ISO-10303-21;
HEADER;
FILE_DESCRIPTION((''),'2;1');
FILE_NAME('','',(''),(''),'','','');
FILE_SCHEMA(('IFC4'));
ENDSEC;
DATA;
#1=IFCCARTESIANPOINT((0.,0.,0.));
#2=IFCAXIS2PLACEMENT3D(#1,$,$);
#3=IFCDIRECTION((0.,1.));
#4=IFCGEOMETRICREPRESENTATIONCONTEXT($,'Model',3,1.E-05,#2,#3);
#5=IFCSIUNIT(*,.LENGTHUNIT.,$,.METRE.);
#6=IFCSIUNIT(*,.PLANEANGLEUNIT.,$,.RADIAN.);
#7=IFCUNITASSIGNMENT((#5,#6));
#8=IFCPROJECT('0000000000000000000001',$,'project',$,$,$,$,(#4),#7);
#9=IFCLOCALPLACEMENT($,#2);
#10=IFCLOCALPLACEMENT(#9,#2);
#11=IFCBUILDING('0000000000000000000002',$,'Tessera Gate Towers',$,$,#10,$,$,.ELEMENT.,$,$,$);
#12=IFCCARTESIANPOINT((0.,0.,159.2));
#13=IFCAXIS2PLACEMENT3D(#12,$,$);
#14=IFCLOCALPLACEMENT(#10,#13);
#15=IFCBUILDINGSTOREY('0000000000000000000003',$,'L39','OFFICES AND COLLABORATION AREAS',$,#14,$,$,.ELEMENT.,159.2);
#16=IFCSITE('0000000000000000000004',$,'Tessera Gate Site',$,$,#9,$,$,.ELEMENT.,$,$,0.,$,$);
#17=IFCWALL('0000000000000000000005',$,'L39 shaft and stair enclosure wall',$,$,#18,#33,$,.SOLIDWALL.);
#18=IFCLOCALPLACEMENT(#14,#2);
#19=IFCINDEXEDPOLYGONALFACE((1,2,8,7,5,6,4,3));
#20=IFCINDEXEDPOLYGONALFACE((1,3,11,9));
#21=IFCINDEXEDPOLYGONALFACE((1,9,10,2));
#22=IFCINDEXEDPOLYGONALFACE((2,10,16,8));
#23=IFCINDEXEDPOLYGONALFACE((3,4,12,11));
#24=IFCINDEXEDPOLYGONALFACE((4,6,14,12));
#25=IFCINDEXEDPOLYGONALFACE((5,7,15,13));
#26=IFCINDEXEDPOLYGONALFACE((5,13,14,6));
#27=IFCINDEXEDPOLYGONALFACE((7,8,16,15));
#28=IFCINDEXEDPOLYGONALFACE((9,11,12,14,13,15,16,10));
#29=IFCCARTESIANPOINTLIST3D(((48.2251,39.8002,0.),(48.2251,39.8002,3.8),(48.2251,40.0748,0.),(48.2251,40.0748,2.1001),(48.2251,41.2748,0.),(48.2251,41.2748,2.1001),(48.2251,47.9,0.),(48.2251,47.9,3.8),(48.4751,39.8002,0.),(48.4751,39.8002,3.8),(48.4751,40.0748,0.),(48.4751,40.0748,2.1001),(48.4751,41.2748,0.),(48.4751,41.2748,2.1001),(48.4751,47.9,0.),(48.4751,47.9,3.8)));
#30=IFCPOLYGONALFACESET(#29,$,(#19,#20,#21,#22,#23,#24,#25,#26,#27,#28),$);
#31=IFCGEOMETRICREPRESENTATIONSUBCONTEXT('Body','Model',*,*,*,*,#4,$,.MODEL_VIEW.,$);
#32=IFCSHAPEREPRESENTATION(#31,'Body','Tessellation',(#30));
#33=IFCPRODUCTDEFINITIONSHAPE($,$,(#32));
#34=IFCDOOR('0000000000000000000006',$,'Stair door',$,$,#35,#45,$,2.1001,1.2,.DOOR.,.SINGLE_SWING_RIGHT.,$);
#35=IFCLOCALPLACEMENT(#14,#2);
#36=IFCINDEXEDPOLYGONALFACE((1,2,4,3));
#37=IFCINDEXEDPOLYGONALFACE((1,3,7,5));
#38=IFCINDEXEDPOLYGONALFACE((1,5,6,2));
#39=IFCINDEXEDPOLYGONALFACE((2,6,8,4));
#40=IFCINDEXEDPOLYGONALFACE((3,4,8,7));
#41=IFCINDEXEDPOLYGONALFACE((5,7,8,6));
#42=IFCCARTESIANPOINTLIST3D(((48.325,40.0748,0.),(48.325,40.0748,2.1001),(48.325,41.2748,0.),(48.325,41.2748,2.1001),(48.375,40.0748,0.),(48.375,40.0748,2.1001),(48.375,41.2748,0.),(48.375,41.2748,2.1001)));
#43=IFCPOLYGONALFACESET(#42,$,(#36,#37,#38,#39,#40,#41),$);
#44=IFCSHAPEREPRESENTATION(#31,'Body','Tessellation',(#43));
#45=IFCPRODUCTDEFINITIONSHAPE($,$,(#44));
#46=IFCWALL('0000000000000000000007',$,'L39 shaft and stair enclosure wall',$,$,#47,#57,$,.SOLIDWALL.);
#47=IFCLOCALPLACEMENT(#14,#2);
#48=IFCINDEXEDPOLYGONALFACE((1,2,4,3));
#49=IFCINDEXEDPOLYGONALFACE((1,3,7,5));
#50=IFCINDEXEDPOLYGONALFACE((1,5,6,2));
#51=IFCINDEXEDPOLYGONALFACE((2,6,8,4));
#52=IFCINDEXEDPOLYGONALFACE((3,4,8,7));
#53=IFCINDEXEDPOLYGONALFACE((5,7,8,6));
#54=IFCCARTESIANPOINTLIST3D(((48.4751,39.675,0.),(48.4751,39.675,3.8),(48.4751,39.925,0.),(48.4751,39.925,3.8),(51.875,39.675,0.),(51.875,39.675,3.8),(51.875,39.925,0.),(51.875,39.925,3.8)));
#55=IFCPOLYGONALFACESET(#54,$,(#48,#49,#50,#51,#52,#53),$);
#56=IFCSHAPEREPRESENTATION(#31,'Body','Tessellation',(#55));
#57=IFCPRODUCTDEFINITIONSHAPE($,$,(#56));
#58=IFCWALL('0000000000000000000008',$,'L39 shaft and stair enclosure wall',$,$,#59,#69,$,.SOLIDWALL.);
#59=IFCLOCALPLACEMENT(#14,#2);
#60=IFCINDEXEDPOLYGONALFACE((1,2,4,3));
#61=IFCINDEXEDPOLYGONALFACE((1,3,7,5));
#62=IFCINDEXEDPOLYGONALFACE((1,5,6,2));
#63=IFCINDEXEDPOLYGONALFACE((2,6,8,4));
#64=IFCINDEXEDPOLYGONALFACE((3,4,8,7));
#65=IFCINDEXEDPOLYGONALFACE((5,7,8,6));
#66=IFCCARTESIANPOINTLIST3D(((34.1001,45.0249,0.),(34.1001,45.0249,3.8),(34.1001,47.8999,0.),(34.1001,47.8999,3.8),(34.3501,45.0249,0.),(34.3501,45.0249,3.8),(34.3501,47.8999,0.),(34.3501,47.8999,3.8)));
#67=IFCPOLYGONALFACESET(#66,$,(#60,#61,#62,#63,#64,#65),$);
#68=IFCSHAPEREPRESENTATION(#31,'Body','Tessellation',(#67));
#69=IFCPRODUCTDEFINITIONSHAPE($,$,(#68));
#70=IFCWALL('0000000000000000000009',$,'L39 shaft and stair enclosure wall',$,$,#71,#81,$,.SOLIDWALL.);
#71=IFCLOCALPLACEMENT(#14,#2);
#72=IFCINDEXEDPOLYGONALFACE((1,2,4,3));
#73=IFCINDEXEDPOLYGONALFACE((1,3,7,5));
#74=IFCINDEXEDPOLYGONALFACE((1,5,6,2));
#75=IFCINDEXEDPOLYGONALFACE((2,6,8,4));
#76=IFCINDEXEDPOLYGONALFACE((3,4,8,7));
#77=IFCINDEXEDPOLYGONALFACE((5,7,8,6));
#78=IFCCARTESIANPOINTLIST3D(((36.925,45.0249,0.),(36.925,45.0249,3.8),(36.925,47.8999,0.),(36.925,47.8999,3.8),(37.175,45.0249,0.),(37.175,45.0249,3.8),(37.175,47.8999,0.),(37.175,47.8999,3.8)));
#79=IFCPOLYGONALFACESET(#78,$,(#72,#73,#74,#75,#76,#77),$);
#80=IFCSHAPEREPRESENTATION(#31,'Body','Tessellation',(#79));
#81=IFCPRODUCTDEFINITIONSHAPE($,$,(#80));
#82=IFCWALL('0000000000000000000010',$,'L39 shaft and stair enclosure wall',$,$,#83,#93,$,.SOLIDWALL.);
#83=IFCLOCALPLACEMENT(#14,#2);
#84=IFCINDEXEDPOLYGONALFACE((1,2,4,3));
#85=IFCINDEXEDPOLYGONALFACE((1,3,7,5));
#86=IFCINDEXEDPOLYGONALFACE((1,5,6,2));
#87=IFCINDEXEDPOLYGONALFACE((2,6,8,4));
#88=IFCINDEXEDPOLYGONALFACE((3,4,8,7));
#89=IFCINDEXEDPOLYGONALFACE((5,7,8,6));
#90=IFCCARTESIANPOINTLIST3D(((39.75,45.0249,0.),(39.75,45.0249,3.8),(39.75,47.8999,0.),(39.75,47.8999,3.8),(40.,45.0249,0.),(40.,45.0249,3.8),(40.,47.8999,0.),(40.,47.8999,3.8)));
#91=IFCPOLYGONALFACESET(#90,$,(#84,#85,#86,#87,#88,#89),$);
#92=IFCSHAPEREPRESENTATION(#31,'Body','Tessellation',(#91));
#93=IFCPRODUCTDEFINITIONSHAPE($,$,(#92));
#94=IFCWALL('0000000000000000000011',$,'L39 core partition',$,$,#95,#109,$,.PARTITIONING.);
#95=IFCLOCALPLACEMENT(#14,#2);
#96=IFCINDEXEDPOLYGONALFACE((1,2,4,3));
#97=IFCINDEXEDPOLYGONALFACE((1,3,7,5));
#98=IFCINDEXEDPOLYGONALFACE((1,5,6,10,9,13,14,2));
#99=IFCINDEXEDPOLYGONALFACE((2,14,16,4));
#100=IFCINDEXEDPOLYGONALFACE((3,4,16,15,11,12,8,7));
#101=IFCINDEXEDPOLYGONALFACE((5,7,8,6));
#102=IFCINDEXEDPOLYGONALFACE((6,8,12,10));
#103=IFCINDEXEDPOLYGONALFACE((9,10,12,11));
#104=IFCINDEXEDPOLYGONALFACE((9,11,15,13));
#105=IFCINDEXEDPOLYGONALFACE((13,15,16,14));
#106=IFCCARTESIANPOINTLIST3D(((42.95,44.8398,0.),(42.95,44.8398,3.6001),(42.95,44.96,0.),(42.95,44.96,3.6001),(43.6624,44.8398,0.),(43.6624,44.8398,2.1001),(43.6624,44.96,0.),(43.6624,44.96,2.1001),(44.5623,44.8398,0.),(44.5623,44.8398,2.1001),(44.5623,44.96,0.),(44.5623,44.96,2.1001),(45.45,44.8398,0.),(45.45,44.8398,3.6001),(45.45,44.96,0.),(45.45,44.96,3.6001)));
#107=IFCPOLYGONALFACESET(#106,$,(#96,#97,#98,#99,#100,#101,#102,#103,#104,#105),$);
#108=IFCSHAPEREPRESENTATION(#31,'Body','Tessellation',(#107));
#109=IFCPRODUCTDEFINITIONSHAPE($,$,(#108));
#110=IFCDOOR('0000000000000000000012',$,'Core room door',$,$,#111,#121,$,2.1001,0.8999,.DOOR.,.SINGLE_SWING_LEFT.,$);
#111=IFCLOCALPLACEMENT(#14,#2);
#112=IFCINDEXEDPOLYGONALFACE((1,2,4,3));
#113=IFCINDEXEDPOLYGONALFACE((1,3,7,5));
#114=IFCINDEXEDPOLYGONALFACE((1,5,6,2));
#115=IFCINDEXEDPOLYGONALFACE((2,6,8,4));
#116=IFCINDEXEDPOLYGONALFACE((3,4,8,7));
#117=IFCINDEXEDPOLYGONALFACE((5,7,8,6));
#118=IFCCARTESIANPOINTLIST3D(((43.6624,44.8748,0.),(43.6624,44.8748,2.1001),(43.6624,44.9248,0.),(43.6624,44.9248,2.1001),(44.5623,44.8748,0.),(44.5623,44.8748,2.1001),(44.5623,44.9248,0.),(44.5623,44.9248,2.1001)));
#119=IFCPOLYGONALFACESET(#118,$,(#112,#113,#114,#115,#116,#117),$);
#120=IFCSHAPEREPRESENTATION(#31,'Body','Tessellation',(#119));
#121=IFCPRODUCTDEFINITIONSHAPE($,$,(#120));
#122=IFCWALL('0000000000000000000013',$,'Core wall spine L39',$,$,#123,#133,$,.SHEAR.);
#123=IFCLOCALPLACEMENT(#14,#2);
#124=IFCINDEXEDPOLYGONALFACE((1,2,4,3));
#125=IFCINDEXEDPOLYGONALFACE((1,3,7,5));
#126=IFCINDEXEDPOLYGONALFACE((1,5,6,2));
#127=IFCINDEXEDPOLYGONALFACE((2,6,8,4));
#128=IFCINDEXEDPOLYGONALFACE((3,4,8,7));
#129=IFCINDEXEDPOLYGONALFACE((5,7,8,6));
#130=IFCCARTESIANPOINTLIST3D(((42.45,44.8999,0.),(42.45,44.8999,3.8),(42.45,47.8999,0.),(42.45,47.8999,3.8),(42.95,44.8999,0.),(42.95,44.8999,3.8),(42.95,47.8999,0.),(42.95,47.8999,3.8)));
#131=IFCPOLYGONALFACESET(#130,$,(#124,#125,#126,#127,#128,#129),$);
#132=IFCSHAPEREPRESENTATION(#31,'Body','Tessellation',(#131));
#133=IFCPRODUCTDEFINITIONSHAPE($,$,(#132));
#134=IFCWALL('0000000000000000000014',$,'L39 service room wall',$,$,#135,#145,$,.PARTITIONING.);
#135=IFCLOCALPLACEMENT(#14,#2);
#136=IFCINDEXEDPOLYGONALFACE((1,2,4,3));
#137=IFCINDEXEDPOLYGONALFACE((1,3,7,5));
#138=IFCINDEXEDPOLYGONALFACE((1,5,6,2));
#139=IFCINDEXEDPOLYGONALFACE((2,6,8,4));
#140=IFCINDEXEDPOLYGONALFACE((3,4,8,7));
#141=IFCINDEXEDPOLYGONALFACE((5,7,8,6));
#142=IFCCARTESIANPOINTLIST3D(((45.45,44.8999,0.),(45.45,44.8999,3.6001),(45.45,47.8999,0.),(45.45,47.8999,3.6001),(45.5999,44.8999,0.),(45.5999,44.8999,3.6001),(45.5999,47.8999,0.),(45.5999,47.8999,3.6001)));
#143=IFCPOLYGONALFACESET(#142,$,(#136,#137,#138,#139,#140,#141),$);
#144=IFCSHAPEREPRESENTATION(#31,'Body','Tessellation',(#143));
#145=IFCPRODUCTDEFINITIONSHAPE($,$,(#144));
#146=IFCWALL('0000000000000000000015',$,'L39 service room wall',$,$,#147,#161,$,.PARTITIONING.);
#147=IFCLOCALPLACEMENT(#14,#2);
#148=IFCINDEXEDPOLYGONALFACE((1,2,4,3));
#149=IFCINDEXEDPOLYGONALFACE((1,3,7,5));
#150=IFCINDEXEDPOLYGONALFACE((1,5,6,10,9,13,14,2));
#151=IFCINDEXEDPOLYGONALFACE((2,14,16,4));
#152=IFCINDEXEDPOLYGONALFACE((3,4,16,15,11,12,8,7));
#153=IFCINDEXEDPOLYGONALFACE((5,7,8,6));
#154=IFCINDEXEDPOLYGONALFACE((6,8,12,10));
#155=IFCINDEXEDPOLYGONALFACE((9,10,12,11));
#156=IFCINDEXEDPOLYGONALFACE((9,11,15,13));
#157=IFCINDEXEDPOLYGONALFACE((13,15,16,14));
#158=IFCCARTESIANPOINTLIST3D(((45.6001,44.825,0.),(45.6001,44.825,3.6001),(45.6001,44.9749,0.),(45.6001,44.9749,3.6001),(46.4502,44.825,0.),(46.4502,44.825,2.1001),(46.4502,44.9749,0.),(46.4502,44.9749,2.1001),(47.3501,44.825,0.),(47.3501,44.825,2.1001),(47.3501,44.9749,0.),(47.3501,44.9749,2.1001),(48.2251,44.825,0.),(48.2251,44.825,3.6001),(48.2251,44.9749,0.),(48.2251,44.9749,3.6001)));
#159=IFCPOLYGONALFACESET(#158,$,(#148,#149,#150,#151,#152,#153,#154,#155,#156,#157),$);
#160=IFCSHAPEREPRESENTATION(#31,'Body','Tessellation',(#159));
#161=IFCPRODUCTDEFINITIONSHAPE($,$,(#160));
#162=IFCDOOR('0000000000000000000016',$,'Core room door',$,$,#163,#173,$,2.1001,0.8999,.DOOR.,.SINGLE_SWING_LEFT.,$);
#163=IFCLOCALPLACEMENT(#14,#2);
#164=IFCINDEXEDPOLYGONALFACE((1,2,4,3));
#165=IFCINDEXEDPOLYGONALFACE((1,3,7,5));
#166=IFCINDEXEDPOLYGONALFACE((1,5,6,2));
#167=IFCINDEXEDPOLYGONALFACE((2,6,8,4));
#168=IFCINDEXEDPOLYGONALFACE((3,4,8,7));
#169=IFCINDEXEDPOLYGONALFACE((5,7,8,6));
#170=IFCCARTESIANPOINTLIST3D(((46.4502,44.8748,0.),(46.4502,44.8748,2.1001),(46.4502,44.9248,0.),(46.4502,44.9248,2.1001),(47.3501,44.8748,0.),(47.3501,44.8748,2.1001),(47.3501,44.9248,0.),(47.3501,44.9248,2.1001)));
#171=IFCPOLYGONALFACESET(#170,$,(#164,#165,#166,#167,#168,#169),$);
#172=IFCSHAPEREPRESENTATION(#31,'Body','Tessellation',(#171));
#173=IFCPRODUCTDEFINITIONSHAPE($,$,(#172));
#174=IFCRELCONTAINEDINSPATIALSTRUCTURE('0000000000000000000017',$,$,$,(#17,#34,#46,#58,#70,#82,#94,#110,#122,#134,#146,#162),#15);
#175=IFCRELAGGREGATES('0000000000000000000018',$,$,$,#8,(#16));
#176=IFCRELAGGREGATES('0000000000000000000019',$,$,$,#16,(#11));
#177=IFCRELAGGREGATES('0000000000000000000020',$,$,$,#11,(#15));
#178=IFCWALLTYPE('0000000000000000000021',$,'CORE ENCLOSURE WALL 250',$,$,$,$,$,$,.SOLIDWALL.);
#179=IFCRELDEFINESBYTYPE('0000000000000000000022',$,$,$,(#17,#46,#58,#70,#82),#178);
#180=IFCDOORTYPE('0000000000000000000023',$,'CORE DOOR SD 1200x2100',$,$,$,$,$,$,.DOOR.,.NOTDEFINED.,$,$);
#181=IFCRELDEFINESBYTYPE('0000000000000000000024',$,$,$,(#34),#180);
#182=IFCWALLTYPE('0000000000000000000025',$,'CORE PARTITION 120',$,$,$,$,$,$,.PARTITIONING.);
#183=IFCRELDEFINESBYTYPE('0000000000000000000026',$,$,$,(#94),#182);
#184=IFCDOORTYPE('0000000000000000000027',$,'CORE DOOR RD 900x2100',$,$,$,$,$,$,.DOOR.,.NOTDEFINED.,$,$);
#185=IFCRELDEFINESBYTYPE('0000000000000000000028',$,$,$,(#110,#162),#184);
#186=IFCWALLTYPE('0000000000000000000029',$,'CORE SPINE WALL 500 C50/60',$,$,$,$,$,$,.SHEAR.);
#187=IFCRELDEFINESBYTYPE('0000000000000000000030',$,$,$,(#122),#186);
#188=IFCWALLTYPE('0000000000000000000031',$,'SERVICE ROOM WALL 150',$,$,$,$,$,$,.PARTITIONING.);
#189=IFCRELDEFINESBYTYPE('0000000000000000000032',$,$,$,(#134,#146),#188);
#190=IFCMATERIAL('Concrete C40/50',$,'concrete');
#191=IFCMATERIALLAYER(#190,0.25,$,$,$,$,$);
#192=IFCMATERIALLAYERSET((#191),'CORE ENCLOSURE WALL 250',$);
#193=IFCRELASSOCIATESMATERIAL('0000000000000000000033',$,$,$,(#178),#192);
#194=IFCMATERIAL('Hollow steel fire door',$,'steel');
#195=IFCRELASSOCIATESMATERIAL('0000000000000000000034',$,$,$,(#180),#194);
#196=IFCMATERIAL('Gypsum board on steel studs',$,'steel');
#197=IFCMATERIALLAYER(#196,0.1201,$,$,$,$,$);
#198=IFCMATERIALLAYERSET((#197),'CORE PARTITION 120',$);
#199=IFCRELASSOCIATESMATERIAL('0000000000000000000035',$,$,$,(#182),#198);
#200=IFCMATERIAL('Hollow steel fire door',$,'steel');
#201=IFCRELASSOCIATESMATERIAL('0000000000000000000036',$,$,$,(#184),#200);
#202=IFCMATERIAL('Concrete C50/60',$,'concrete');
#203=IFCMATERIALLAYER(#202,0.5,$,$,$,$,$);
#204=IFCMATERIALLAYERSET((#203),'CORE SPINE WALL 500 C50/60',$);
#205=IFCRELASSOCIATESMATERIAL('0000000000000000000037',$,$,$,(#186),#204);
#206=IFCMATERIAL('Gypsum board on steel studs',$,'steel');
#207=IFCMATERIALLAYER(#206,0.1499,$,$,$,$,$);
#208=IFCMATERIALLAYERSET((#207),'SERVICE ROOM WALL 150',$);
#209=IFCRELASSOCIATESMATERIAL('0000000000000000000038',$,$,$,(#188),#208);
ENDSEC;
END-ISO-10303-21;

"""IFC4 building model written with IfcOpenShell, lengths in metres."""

from ifc_helpers import new_model, si_unit, direction, frame, frame_2d, origin, place, context, subcontext, project, spatial, rectangle, extrude, source, transform, mapped, material, layer, layer_set, type_object, element, fill, save


model = new_model("IFC4")

# Units and contexts
model_context = context("Model", 3, precision=1e-05, world=origin(), true_north=direction((0.0, 1.0)))
body_context = subcontext(model_context, "Body", "Model", "MODEL_VIEW")
ifc_project = project(units=[si_unit("LENGTHUNIT", "METRE"), si_unit("PLANEANGLEUNIT", "RADIAN")], contexts=[model_context])

# Site, building, storey
site_placement = place(None, origin())
site = spatial("IfcSite", under=ifc_project, at=site_placement, Name="Tessera Gate Site", CompositionType="ELEMENT", RefElevation=0.0)
building_placement = place(site_placement, origin())
building = spatial("IfcBuilding", under=site, at=building_placement, Name="Tessera Gate Towers", CompositionType="ELEMENT")
storey_placement = place(building_placement, frame((0.0, 0.0, 159.2)))
storey = spatial("IfcBuildingStorey", under=building, at=storey_placement, Name="L39", Description="OFFICES AND COLLABORATION AREAS", CompositionType="ELEMENT", Elevation=159.2)

# Shared definitions
ifc_material_1 = material(Name="Concrete C40/50", Category="concrete")
ifc_layer_1 = layer(ifc_material_1, 0.25)
ifc_layer_set_1 = layer_set([ifc_layer_1], Name="CORE ENCLOSURE WALL 250")
wall_type_1 = type_object("IfcWallType", Name="CORE ENCLOSURE WALL 250", PredefinedType="SOLIDWALL", material=ifc_layer_set_1)

# Wall, opening, door
wall_1_placement = place(storey_placement, frame((48.3501, 47.8999, 0.0), z_axis=(0.0, 0.0, 1.0), x_axis=(0.0, -1.0, 0.0)))
wall_1 = element("IfcWall", 1, at=wall_1_placement, inside=storey, type_object=wall_type_1, Name="L39 shaft and stair enclosure wall", PredefinedType="SOLIDWALL", context=body_context, shape_type="SweptSolid", body=[
    extrude(rectangle(XDim=8.0999, YDim=0.25, at=frame_2d((4.0498, 0.0))), origin(), (0.0, 0.0, 1.0), 3.8),
])
shared_shape_1 = source(origin(), body_context, "Body", "SweptSolid", [
    extrude(rectangle(XDim=1.2, YDim=2.1001, at=frame_2d((0.6001, 1.05))), frame((0.0, 0.135, 0.0), z_axis=(0.0, -1.0, 0.0), x_axis=(1.0, 0.0, 0.0)), (0.0, 0.0, 1.0), 0.27),
])
opening_1_placement = place(wall_1_placement, frame((6.625, 0.0, 0.0)))
opening_1 = element("IfcOpeningElement", 2, at=opening_1_placement, cuts=wall_1, PredefinedType="OPENING", context=body_context, shape_type="MappedRepresentation", body=[
    mapped(shared_shape_1, transform((0.0, 0.0, 0.0), scale=1.0)),
])
ifc_material_2 = material(Name="Hollow steel fire door", Category="steel")
door_type_1 = type_object("IfcDoorType", Name="CORE DOOR SD 1200x2100", OperationType="NOTDEFINED", PredefinedType="DOOR", material=ifc_material_2)
shared_shape_2 = source(origin(), body_context, "Body", "SweptSolid", [
    extrude(rectangle(XDim=1.2, YDim=2.1001, at=frame_2d((0.6001, 1.05))), frame((0.0, 0.0249, 0.0), z_axis=(0.0, -1.0, 0.0), x_axis=(1.0, 0.0, 0.0)), (0.0, 0.0, 1.0), 0.05),
])
door_1_placement = place(opening_1_placement, origin())
door_1 = element("IfcDoor", 3, at=door_1_placement, inside=storey, type_object=door_type_1, Name="Stair door", OperationType="SINGLE_SWING_RIGHT", OverallHeight=2.1001, OverallWidth=1.2, PredefinedType="DOOR", context=body_context, shape_type="MappedRepresentation", body=[
    mapped(shared_shape_2, transform((0.0, 0.0, 0.0), scale=1.0)),
])
fill(opening_1, door_1)

# Walls
wall_2_placement = place(storey_placement, frame((48.4751, 39.8, 0.0), z_axis=(0.0, 0.0, 1.0), x_axis=(1.0, 0.0, 0.0)))
element("IfcWall", 4, at=wall_2_placement, inside=storey, type_object=wall_type_1, Name="L39 shaft and stair enclosure wall", PredefinedType="SOLIDWALL", context=body_context, shape_type="SweptSolid", body=[
    extrude(rectangle(XDim=3.3999, YDim=0.25, at=frame_2d((1.7, 0.0))), origin(), (0.0, 0.0, 1.0), 3.8),
])
for number, where, z_axis, x_axis, name in (
    (5, (34.2251, 45.0249, 0.0), (0.0, 0.0, 1.0), (0.0, 1.0, 0.0), "L39 shaft and stair enclosure wall"),
    (6, (37.05, 45.0249, 0.0), (0.0, 0.0, 1.0), (0.0, 1.0, 0.0), "L39 shaft and stair enclosure wall"),
    (7, (39.875, 45.0249, 0.0), (0.0, 0.0, 1.0), (0.0, 1.0, 0.0), "L39 shaft and stair enclosure wall"),
):
    element("IfcWall", number, at=place(storey_placement, frame(where, z_axis=z_axis, x_axis=x_axis)), inside=storey, type_object=wall_type_1, Name=name, PredefinedType="SOLIDWALL", context=body_context, shape_type="SweptSolid", body=[
        extrude(rectangle(XDim=2.875, YDim=0.25, at=frame_2d((1.4375, 0.0))), origin(), (0.0, 0.0, 1.0), 3.8),
    ])

# Wall, opening, door
ifc_material_3 = material(Name="Gypsum board on steel studs", Category="steel")
ifc_layer_2 = layer(ifc_material_3, 0.1201)
ifc_layer_set_2 = layer_set([ifc_layer_2], Name="CORE PARTITION 120")
wall_type_2 = type_object("IfcWallType", Name="CORE PARTITION 120", PredefinedType="PARTITIONING", material=ifc_layer_set_2)
wall_3_placement = place(storey_placement, frame((42.95, 44.8999, 0.0), z_axis=(0.0, 0.0, 1.0), x_axis=(1.0, 0.0, 0.0)))
wall_3 = element("IfcWall", 8, at=wall_3_placement, inside=storey, type_object=wall_type_2, Name="L39 core partition", PredefinedType="PARTITIONING", context=body_context, shape_type="SweptSolid", body=[
    extrude(rectangle(XDim=2.5, YDim=0.1201, at=frame_2d((1.25, 0.0))), origin(), (0.0, 0.0, 1.0), 3.6001),
])
shared_shape_3 = source(origin(), body_context, "Body", "SweptSolid", [
    extrude(rectangle(XDim=0.8999, YDim=2.1001, at=frame_2d((0.45, 1.05))), frame((0.0, 0.0701, 0.0), z_axis=(0.0, -1.0, 0.0), x_axis=(1.0, 0.0, 0.0)), (0.0, 0.0, 1.0), 0.1401),
])
opening_2_placement = place(wall_3_placement, frame((0.7124, 0.0, 0.0)))
opening_2 = element("IfcOpeningElement", 9, at=opening_2_placement, cuts=wall_3, PredefinedType="OPENING", context=body_context, shape_type="MappedRepresentation", body=[
    mapped(shared_shape_3, transform((0.0, 0.0, 0.0), scale=1.0)),
])
ifc_material_4 = material(Name="Hollow steel fire door", Category="steel")
door_type_2 = type_object("IfcDoorType", Name="CORE DOOR RD 900x2100", OperationType="NOTDEFINED", PredefinedType="DOOR", material=ifc_material_4)
shared_shape_4 = source(origin(), body_context, "Body", "SweptSolid", [
    extrude(rectangle(XDim=0.8999, YDim=2.1001, at=frame_2d((0.45, 1.05))), frame((0.0, 0.0249, 0.0), z_axis=(0.0, -1.0, 0.0), x_axis=(1.0, 0.0, 0.0)), (0.0, 0.0, 1.0), 0.05),
])
door_2_placement = place(opening_2_placement, origin())
door_2 = element("IfcDoor", 10, at=door_2_placement, inside=storey, type_object=door_type_2, Name="Core room door", OperationType="SINGLE_SWING_LEFT", OverallHeight=2.1001, OverallWidth=0.8999, PredefinedType="DOOR", context=body_context, shape_type="MappedRepresentation", body=[
    mapped(shared_shape_4, transform((0.0, 0.0, 0.0), scale=1.0)),
])
fill(opening_2, door_2)

# Walls
ifc_material_5 = material(Name="Concrete C50/60", Category="concrete")
ifc_layer_3 = layer(ifc_material_5, 0.5)
ifc_layer_set_3 = layer_set([ifc_layer_3], Name="CORE SPINE WALL 500 C50/60")
wall_type_3 = type_object("IfcWallType", Name="CORE SPINE WALL 500 C50/60", PredefinedType="SHEAR", material=ifc_layer_set_3)
wall_4_placement = place(storey_placement, frame((42.7, 44.8999, 0.0), z_axis=(0.0, 0.0, 1.0), x_axis=(0.0, 1.0, 0.0)))
element("IfcWall", 11, at=wall_4_placement, inside=storey, type_object=wall_type_3, Name="Core wall spine L39", PredefinedType="SHEAR", context=body_context, shape_type="SweptSolid", body=[
    extrude(rectangle(XDim=3.0, YDim=0.5, at=frame_2d((1.5, 0.0))), origin(), (0.0, 0.0, 1.0), 3.8),
])
ifc_material_6 = material(Name="Gypsum board on steel studs", Category="steel")
ifc_layer_4 = layer(ifc_material_6, 0.1499)
ifc_layer_set_4 = layer_set([ifc_layer_4], Name="SERVICE ROOM WALL 150")
wall_type_4 = type_object("IfcWallType", Name="SERVICE ROOM WALL 150", PredefinedType="PARTITIONING", material=ifc_layer_set_4)
wall_5_placement = place(storey_placement, frame((45.5249, 44.8999, 0.0), z_axis=(0.0, 0.0, 1.0), x_axis=(0.0, 1.0, 0.0)))
element("IfcWall", 12, at=wall_5_placement, inside=storey, type_object=wall_type_4, Name="L39 service room wall", PredefinedType="PARTITIONING", context=body_context, shape_type="SweptSolid", body=[
    extrude(rectangle(XDim=3.0, YDim=0.1499, at=frame_2d((1.5, 0.0))), origin(), (0.0, 0.0, 1.0), 3.6001),
])

# Wall, opening, door
wall_6_placement = place(storey_placement, frame((45.6001, 44.8999, 0.0), z_axis=(0.0, 0.0, 1.0), x_axis=(1.0, 0.0, 0.0)))
wall_6 = element("IfcWall", 13, at=wall_6_placement, inside=storey, type_object=wall_type_4, Name="L39 service room wall", PredefinedType="PARTITIONING", context=body_context, shape_type="SweptSolid", body=[
    extrude(rectangle(XDim=2.625, YDim=0.1499, at=frame_2d((1.3125, 0.0))), origin(), (0.0, 0.0, 1.0), 3.6001),
])
shared_shape_5 = source(origin(), body_context, "Body", "SweptSolid", [
    extrude(rectangle(XDim=0.8999, YDim=2.1001, at=frame_2d((0.45, 1.05))), frame((0.0, 0.085, 0.0), z_axis=(0.0, -1.0, 0.0), x_axis=(1.0, 0.0, 0.0)), (0.0, 0.0, 1.0), 0.1699),
])
opening_3_placement = place(wall_6_placement, frame((0.8501, 0.0, 0.0)))
opening_3 = element("IfcOpeningElement", 14, at=opening_3_placement, cuts=wall_6, PredefinedType="OPENING", context=body_context, shape_type="MappedRepresentation", body=[
    mapped(shared_shape_5, transform((0.0, 0.0, 0.0), scale=1.0)),
])
door_3_placement = place(opening_3_placement, origin())
door_3 = element("IfcDoor", 15, at=door_3_placement, inside=storey, type_object=door_type_2, Name="Core room door", OperationType="SINGLE_SWING_LEFT", OverallHeight=2.1001, OverallWidth=0.8999, PredefinedType="DOOR", context=body_context, shape_type="MappedRepresentation", body=[
    mapped(shared_shape_4, transform((0.0, 0.0, 0.0), scale=1.0)),
])
fill(opening_3, door_3)

save(model, "model.ifc")
